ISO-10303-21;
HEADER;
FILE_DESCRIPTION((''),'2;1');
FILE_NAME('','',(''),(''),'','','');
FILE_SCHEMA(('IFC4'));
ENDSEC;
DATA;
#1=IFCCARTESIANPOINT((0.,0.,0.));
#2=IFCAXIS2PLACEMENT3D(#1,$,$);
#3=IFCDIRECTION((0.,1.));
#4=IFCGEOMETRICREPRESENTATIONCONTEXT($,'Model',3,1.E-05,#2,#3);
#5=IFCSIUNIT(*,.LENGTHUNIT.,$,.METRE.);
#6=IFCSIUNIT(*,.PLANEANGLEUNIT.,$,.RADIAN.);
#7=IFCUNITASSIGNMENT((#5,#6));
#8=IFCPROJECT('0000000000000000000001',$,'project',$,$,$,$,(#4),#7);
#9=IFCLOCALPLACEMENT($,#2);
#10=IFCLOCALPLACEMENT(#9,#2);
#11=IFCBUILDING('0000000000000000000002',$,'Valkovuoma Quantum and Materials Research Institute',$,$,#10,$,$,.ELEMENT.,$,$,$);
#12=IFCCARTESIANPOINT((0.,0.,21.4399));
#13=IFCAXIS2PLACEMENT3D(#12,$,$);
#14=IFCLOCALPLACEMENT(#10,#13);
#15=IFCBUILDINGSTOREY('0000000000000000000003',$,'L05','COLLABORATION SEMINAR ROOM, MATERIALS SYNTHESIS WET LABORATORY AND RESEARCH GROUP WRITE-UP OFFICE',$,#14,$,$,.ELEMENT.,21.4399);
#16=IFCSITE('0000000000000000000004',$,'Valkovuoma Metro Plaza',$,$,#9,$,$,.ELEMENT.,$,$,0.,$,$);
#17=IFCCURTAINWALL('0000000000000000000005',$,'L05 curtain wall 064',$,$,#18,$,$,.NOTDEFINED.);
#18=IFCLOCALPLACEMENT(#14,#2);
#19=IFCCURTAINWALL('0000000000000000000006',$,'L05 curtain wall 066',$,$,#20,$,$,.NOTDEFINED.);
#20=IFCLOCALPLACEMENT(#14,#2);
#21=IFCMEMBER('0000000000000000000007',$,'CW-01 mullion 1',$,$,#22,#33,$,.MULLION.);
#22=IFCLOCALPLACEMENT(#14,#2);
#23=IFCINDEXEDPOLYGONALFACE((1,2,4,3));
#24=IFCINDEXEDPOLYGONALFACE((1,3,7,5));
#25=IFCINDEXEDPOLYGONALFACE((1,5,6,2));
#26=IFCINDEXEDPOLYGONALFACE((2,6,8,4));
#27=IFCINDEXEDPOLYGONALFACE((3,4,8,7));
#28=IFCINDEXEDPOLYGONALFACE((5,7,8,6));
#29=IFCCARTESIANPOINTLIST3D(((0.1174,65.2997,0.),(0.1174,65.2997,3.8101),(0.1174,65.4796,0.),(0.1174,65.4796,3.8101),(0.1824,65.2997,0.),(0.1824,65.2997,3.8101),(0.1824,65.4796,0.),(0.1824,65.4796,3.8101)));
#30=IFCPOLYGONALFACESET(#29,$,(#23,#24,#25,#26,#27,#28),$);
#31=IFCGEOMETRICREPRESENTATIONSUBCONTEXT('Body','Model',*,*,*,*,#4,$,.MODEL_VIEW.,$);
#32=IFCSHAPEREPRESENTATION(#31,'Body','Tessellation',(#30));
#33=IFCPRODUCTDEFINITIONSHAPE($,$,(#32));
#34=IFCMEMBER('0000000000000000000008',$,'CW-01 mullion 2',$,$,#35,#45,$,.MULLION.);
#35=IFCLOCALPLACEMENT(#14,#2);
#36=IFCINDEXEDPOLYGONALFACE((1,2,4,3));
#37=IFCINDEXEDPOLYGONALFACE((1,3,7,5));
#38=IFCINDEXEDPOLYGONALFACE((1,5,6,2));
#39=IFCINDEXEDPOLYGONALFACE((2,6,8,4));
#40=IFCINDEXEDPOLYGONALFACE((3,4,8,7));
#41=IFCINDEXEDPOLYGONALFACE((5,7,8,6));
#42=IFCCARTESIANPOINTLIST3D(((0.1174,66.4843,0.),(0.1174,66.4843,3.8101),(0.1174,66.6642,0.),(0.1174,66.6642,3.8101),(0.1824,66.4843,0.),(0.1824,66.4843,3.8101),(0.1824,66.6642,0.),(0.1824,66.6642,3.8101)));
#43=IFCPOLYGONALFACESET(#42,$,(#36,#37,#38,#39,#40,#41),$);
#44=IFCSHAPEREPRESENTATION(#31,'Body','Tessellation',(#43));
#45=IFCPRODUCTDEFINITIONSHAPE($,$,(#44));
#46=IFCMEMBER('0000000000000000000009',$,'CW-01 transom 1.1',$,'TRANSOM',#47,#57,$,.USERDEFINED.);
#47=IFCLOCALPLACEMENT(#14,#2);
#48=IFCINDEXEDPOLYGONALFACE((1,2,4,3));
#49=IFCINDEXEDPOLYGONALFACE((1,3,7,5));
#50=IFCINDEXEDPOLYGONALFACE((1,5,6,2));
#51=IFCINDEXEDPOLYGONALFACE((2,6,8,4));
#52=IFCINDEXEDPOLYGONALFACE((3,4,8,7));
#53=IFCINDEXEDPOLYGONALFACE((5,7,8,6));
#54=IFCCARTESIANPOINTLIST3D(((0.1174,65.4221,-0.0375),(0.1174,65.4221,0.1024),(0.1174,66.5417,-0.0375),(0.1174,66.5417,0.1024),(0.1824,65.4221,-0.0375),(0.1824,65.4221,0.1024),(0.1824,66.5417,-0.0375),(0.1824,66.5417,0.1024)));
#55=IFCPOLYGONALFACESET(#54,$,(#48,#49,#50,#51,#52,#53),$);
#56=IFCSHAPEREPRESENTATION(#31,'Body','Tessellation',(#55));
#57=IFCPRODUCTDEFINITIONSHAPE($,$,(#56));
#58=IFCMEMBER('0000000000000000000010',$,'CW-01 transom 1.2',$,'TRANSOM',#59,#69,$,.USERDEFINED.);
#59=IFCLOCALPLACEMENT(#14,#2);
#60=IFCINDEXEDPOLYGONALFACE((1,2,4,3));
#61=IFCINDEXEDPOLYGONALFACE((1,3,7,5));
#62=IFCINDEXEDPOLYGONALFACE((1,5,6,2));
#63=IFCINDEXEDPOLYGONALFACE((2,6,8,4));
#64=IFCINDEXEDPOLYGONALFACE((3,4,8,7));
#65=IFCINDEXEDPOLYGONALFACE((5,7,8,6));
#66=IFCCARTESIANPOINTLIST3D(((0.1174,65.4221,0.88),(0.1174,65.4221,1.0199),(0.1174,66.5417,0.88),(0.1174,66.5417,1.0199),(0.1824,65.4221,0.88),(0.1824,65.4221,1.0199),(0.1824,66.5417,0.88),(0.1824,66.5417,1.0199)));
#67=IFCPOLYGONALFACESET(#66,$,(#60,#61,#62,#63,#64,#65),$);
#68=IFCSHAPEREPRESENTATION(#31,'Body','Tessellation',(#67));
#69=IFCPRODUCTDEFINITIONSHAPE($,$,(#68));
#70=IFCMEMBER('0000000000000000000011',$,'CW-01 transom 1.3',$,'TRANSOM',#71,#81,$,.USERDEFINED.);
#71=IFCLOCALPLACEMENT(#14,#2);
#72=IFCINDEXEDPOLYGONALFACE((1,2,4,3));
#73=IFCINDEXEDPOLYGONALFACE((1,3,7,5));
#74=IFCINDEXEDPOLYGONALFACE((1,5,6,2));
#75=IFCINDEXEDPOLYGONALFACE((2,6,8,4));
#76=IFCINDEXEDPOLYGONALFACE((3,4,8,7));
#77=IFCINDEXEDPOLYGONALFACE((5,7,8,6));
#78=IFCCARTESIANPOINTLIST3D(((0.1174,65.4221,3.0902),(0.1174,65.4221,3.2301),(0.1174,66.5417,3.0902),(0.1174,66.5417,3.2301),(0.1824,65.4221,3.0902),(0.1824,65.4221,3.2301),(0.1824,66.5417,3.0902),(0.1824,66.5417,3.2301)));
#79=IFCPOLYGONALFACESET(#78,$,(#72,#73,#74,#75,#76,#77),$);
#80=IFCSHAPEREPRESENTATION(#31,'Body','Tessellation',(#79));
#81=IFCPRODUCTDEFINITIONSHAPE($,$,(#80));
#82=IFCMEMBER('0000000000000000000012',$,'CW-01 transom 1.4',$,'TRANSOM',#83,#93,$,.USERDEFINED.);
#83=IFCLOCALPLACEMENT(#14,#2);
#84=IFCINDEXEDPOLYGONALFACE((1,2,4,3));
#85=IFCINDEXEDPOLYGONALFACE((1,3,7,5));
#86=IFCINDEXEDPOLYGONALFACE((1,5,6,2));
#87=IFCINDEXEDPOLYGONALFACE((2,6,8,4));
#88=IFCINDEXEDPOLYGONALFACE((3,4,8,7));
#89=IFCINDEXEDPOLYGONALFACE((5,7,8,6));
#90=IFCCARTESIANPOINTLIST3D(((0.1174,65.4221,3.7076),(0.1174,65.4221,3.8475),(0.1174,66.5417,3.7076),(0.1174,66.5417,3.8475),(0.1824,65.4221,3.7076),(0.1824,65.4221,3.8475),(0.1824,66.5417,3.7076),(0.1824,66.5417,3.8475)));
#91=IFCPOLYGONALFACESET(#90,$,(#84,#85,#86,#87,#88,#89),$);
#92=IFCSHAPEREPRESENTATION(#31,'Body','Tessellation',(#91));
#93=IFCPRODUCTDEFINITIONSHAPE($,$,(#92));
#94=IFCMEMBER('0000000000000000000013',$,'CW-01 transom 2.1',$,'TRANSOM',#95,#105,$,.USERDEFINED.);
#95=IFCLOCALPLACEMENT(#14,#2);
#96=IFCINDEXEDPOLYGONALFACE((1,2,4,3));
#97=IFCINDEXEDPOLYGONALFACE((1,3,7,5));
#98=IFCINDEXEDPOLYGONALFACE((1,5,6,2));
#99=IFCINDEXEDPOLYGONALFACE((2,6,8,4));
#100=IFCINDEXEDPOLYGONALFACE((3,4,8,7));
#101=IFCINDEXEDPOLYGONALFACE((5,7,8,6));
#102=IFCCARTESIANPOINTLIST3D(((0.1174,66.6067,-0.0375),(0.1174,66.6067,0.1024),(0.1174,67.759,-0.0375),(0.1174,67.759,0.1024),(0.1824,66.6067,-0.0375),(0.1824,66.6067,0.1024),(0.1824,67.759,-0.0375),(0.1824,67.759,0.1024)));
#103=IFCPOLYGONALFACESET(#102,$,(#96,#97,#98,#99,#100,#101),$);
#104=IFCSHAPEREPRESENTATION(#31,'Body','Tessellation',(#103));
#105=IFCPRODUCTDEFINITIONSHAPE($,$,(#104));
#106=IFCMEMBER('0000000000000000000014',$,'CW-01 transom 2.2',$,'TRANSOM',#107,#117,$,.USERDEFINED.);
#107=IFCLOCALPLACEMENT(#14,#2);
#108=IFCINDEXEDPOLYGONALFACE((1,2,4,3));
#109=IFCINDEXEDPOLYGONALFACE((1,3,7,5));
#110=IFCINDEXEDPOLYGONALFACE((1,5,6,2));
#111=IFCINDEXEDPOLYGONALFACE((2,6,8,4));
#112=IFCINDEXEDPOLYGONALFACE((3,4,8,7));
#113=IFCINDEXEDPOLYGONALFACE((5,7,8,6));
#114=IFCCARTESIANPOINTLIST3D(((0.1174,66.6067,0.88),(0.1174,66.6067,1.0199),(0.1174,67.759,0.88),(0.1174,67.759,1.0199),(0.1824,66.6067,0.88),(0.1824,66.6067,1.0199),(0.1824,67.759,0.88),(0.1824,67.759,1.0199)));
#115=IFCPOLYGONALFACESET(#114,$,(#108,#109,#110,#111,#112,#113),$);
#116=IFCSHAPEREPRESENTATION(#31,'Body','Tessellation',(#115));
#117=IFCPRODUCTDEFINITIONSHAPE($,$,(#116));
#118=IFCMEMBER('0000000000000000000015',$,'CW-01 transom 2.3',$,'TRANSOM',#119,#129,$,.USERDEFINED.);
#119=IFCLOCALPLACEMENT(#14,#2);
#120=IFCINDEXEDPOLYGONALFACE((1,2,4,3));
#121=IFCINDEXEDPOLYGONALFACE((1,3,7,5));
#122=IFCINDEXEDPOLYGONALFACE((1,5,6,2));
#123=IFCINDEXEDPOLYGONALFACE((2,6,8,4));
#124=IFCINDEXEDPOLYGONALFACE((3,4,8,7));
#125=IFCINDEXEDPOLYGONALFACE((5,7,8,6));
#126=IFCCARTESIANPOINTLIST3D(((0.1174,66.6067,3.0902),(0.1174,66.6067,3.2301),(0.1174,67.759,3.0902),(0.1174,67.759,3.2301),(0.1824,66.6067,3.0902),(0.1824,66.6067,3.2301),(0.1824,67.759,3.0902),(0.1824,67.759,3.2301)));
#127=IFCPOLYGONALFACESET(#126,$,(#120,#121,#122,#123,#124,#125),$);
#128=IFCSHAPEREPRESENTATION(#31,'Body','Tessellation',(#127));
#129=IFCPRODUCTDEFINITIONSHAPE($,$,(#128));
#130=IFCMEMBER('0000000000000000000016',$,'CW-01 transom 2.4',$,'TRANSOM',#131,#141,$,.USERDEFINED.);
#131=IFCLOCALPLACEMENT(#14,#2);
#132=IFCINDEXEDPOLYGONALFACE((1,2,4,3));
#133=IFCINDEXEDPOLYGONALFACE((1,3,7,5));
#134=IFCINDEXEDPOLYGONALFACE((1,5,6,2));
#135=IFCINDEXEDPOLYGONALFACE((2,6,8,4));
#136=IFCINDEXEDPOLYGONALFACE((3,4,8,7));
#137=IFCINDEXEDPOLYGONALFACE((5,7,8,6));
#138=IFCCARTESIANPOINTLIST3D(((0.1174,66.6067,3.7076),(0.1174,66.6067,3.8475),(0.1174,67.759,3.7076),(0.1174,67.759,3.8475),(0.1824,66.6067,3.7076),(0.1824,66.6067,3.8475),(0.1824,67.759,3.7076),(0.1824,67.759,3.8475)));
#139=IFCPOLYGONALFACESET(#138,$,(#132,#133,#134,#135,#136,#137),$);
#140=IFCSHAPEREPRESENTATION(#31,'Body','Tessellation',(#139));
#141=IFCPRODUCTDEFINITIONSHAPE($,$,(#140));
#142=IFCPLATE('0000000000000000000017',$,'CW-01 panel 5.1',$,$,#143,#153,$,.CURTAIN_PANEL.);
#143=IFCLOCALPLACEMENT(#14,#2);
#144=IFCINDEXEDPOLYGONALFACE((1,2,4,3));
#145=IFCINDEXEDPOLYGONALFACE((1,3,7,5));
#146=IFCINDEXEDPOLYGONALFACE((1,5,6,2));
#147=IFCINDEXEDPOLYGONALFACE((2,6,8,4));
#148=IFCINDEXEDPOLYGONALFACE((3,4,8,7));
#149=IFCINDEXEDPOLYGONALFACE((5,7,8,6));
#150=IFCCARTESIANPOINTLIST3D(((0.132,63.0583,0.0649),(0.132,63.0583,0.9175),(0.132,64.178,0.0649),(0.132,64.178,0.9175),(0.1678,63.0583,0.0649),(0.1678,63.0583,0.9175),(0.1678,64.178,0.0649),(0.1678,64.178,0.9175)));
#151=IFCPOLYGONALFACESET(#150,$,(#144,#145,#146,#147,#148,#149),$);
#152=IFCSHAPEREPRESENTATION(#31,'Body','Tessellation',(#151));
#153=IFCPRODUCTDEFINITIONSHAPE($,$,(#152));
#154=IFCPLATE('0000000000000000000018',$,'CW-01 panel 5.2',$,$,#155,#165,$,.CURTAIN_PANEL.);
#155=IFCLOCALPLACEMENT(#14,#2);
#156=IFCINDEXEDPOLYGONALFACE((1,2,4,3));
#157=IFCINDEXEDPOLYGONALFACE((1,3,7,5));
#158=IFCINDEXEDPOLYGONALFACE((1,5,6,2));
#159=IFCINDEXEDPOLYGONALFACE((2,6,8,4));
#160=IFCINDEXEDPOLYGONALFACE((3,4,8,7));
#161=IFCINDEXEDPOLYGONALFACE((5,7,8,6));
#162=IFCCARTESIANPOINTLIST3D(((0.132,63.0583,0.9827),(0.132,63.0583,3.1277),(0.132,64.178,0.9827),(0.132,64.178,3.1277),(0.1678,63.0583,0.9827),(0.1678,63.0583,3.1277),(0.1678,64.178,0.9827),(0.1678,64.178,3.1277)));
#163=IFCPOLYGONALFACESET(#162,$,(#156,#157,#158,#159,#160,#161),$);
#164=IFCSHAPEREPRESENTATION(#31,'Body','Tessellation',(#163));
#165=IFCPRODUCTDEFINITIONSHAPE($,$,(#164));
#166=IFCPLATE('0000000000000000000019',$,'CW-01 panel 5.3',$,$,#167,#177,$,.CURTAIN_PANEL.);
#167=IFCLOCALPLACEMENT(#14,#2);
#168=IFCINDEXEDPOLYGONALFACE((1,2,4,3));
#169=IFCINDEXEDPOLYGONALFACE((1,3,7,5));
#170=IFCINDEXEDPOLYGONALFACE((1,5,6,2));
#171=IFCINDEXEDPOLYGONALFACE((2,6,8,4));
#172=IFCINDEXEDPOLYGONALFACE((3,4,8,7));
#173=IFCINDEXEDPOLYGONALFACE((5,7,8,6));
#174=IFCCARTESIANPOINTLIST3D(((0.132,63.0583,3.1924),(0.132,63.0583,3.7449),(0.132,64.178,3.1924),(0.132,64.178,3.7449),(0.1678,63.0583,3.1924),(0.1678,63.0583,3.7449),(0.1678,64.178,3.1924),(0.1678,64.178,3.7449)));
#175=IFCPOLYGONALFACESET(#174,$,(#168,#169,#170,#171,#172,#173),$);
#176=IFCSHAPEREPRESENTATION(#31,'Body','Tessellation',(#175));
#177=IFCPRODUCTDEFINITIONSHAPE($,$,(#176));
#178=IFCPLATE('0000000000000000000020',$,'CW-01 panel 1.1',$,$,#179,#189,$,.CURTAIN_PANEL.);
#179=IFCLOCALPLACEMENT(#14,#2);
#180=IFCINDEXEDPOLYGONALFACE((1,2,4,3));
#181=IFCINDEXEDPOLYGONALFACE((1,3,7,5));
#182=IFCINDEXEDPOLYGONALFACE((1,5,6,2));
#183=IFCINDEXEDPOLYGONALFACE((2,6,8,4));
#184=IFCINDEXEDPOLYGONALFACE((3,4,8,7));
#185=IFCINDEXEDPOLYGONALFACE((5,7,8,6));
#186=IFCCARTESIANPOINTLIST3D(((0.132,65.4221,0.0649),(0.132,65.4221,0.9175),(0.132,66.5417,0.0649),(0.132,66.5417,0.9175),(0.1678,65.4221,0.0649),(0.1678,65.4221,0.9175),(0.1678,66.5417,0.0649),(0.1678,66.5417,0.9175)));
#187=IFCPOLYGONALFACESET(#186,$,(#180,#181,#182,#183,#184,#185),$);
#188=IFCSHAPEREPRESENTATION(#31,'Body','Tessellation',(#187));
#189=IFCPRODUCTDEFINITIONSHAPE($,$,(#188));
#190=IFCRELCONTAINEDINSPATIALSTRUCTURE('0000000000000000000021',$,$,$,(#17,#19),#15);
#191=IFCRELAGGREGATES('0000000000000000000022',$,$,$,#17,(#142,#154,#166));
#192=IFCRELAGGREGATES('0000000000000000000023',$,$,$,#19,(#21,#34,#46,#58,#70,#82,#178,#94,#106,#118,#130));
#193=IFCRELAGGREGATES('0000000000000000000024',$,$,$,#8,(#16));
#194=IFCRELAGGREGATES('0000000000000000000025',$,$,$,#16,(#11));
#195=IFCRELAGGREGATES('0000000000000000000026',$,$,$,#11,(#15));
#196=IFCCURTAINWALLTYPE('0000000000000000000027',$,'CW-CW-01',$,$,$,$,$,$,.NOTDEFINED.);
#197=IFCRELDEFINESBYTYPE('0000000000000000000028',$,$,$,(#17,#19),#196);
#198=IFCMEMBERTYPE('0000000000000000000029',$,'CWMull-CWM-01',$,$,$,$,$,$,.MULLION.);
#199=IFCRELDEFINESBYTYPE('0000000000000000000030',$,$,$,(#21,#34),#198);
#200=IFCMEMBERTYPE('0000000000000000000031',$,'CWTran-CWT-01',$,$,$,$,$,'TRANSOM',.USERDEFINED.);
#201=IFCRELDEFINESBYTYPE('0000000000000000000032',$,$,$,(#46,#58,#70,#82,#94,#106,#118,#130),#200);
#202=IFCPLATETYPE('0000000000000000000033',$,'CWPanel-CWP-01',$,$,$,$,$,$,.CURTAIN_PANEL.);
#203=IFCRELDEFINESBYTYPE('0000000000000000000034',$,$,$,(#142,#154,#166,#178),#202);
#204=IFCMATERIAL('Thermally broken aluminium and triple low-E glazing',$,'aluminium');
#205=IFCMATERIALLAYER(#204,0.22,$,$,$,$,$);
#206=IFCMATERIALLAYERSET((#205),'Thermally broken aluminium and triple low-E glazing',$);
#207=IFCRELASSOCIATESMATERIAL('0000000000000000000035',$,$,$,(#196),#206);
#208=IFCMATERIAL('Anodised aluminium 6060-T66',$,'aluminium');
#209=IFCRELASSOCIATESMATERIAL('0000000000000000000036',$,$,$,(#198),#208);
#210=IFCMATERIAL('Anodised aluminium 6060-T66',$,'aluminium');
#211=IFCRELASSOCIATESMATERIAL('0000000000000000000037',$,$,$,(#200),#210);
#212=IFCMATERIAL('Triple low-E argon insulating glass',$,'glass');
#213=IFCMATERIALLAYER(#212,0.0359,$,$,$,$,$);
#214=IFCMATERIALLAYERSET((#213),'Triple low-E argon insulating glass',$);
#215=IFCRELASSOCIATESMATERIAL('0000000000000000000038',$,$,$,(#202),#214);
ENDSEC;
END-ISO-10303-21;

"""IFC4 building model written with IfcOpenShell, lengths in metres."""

from ifc_helpers import new_model, si_unit, direction, frame, origin, origin_2d, place, context, subcontext, project, spatial, rectangle, extrude, material, layer, layer_set, material_profile, profile_set, type_object, element, aggregate, save


model = new_model("IFC4")

# Units and contexts
model_context = context("Model", 3, precision=1e-05, world=origin(), true_north=direction((0.0, 1.0)))
body_context = subcontext(model_context, "Body", "Model", "MODEL_VIEW")
ifc_project = project(units=[si_unit("LENGTHUNIT", "METRE"), si_unit("PLANEANGLEUNIT", "RADIAN")], contexts=[model_context])

# Site, building, storey
site_placement = place(None, origin())
site = spatial("IfcSite", under=ifc_project, at=site_placement, Name="Valkovuoma Metro Plaza", CompositionType="ELEMENT", RefElevation=0.0)
building_placement = place(site_placement, origin())
building = spatial("IfcBuilding", under=site, at=building_placement, Name="Valkovuoma Quantum and Materials Research Institute", CompositionType="ELEMENT")
storey_placement = place(building_placement, frame((0.0, 0.0, 21.4399)))
storey = spatial("IfcBuildingStorey", under=building, at=storey_placement, Name="L05", Description="COLLABORATION SEMINAR ROOM, MATERIALS SYNTHESIS WET LABORATORY AND RESEARCH GROUP WRITE-UP OFFICE", CompositionType="ELEMENT", Elevation=21.4399)

# Curtain wall
ifc_material_1 = material(Name="Thermally broken aluminium and triple low-E glazing", Category="aluminium")
ifc_layer_1 = layer(ifc_material_1, 0.22)
ifc_layer_set_1 = layer_set([ifc_layer_1], Name="Thermally broken aluminium and triple low-E glazing")
curtain_wall_type = type_object("IfcCurtainWallType", Name="CW-CW-01", PredefinedType="NOTDEFINED", material=ifc_layer_set_1)
curtain_wall_1_placement = place(storey_placement, origin())
curtain_wall_1 = element("IfcCurtainWall", 1, at=curtain_wall_1_placement, inside=storey, type_object=curtain_wall_type, Name="L05 curtain wall 064", PredefinedType="NOTDEFINED")
ifc_material_2 = material(Name="Anodised aluminium 6060-T66", Category="aluminium")
ifc_material_profile_1 = material_profile(ifc_material_2, rectangle(XDim=0.0649, YDim=0.1799, at=origin_2d()), Name="Anodised aluminium 6060-T66")
ifc_profile_set_1 = profile_set([ifc_material_profile_1], Name="Anodised aluminium 6060-T66")
member_type_1 = type_object("IfcMemberType", Name="CWMull-CWM-01", PredefinedType="MULLION", material=ifc_profile_set_1)

# Curtain wall, members
curtain_wall_2_placement = place(storey_placement, origin())
curtain_wall_2 = element("IfcCurtainWall", 2, at=curtain_wall_2_placement, inside=storey, type_object=curtain_wall_type, Name="L05 curtain wall 066", PredefinedType="NOTDEFINED")
member_1_placement = place(storey_placement, frame((0.1499, 65.3896, 0.0), z_axis=(0.0, 0.0, 1.0), x_axis=(-1.0, 0.0, 0.0)))
member_1 = element("IfcMember", 3, at=member_1_placement, type_object=member_type_1, Name="CW-01 mullion 1", PredefinedType="MULLION", context=body_context, shape_type="SweptSolid", body=[
    extrude(rectangle(XDim=0.0649, YDim=0.1799, at=origin_2d()), origin(), (0.0, 0.0, 1.0), 3.8101),
])
member_2_placement = place(storey_placement, frame((0.1499, 66.5742, 0.0), z_axis=(0.0, 0.0, 1.0), x_axis=(-1.0, 0.0, 0.0)))
member_2 = element("IfcMember", 4, at=member_2_placement, type_object=member_type_1, Name="CW-01 mullion 2", PredefinedType="MULLION", context=body_context, shape_type="SweptSolid", body=[
    extrude(rectangle(XDim=0.0649, YDim=0.1799, at=origin_2d()), origin(), (0.0, 0.0, 1.0), 3.8101),
])
ifc_material_3 = material(Name="Anodised aluminium 6060-T66", Category="aluminium")
ifc_material_profile_2 = material_profile(ifc_material_3, rectangle(XDim=0.0649, YDim=0.1399, at=origin_2d()), Name="Anodised aluminium 6060-T66")
ifc_profile_set_2 = profile_set([ifc_material_profile_2], Name="Anodised aluminium 6060-T66")
member_type_2 = type_object("IfcMemberType", Name="CWTran-CWT-01", ElementType="TRANSOM", PredefinedType="USERDEFINED", material=ifc_profile_set_2)
member_3_placement = place(storey_placement, frame((0.1499, 65.4221, 0.0325), z_axis=(0.0, 1.0, 0.0), x_axis=(-1.0, 0.0, 0.0)))
member_3 = element("IfcMember", 5, at=member_3_placement, type_object=member_type_2, Name="CW-01 transom 1.1", ObjectType="TRANSOM", PredefinedType="USERDEFINED", context=body_context, shape_type="SweptSolid", body=[
    extrude(rectangle(XDim=0.0649, YDim=0.1399, at=origin_2d()), origin(), (0.0, 0.0, 1.0), 1.1196),
])
member_4_placement = place(storey_placement, frame((0.1499, 65.4221, 0.95), z_axis=(0.0, 1.0, 0.0), x_axis=(-1.0, 0.0, 0.0)))
member_4 = element("IfcMember", 6, at=member_4_placement, type_object=member_type_2, Name="CW-01 transom 1.2", ObjectType="TRANSOM", PredefinedType="USERDEFINED", context=body_context, shape_type="SweptSolid", body=[
    extrude(rectangle(XDim=0.0649, YDim=0.1399, at=origin_2d()), origin(), (0.0, 0.0, 1.0), 1.1196),
])
member_5_placement = place(storey_placement, frame((0.1499, 65.4221, 3.1602), z_axis=(0.0, 1.0, 0.0), x_axis=(-1.0, 0.0, 0.0)))
member_5 = element("IfcMember", 7, at=member_5_placement, type_object=member_type_2, Name="CW-01 transom 1.3", ObjectType="TRANSOM", PredefinedType="USERDEFINED", context=body_context, shape_type="SweptSolid", body=[
    extrude(rectangle(XDim=0.0649, YDim=0.1399, at=origin_2d()), origin(), (0.0, 0.0, 1.0), 1.1196),
])
member_6_placement = place(storey_placement, frame((0.1499, 65.4221, 3.7776), z_axis=(0.0, 1.0, 0.0), x_axis=(-1.0, 0.0, 0.0)))
member_6 = element("IfcMember", 8, at=member_6_placement, type_object=member_type_2, Name="CW-01 transom 1.4", ObjectType="TRANSOM", PredefinedType="USERDEFINED", context=body_context, shape_type="SweptSolid", body=[
    extrude(rectangle(XDim=0.0649, YDim=0.1399, at=origin_2d()), origin(), (0.0, 0.0, 1.0), 1.1196),
])
member_7_placement = place(storey_placement, frame((0.1499, 66.6067, 0.0325), z_axis=(0.0, 1.0, 0.0), x_axis=(-1.0, 0.0, 0.0)))
member_7 = element("IfcMember", 9, at=member_7_placement, type_object=member_type_2, Name="CW-01 transom 2.1", ObjectType="TRANSOM", PredefinedType="USERDEFINED", context=body_context, shape_type="SweptSolid", body=[
    extrude(rectangle(XDim=0.0649, YDim=0.1399, at=origin_2d()), origin(), (0.0, 0.0, 1.0), 1.1523),
])
member_8_placement = place(storey_placement, frame((0.1499, 66.6067, 0.95), z_axis=(0.0, 1.0, 0.0), x_axis=(-1.0, 0.0, 0.0)))
member_8 = element("IfcMember", 10, at=member_8_placement, type_object=member_type_2, Name="CW-01 transom 2.2", ObjectType="TRANSOM", PredefinedType="USERDEFINED", context=body_context, shape_type="SweptSolid", body=[
    extrude(rectangle(XDim=0.0649, YDim=0.1399, at=origin_2d()), origin(), (0.0, 0.0, 1.0), 1.1523),
])
member_9_placement = place(storey_placement, frame((0.1499, 66.6067, 3.1602), z_axis=(0.0, 1.0, 0.0), x_axis=(-1.0, 0.0, 0.0)))
member_9 = element("IfcMember", 11, at=member_9_placement, type_object=member_type_2, Name="CW-01 transom 2.3", ObjectType="TRANSOM", PredefinedType="USERDEFINED", context=body_context, shape_type="SweptSolid", body=[
    extrude(rectangle(XDim=0.0649, YDim=0.1399, at=origin_2d()), origin(), (0.0, 0.0, 1.0), 1.1523),
])
member_10_placement = place(storey_placement, frame((0.1499, 66.6067, 3.7776), z_axis=(0.0, 1.0, 0.0), x_axis=(-1.0, 0.0, 0.0)))
member_10 = element("IfcMember", 12, at=member_10_placement, type_object=member_type_2, Name="CW-01 transom 2.4", ObjectType="TRANSOM", PredefinedType="USERDEFINED", context=body_context, shape_type="SweptSolid", body=[
    extrude(rectangle(XDim=0.0649, YDim=0.1399, at=origin_2d()), origin(), (0.0, 0.0, 1.0), 1.1523),
])

# Plates
ifc_material_4 = material(Name="Triple low-E argon insulating glass", Category="glass")
ifc_layer_2 = layer(ifc_material_4, 0.0359)
ifc_layer_set_2 = layer_set([ifc_layer_2], Name="Triple low-E argon insulating glass")
plate_type = type_object("IfcPlateType", Name="CWPanel-CWP-01", PredefinedType="CURTAIN_PANEL", material=ifc_layer_set_2)
plate_1_placement = place(storey_placement, frame((0.1499, 63.6182, 0.0649), z_axis=(0.0, 0.0, 1.0), x_axis=(0.0, 1.0, 0.0)))
plate_1 = element("IfcPlate", 13, at=plate_1_placement, type_object=plate_type, Name="CW-01 panel 5.1", PredefinedType="CURTAIN_PANEL", context=body_context, shape_type="SweptSolid", body=[
    extrude(rectangle(XDim=1.1196, YDim=0.0359, at=origin_2d()), origin(), (0.0, 0.0, 1.0), 0.8525),
])
plate_2_placement = place(storey_placement, frame((0.1499, 63.6182, 0.9827), z_axis=(0.0, 0.0, 1.0), x_axis=(0.0, 1.0, 0.0)))
plate_2 = element("IfcPlate", 14, at=plate_2_placement, type_object=plate_type, Name="CW-01 panel 5.2", PredefinedType="CURTAIN_PANEL", context=body_context, shape_type="SweptSolid", body=[
    extrude(rectangle(XDim=1.1196, YDim=0.0359, at=origin_2d()), origin(), (0.0, 0.0, 1.0), 2.145),
])
plate_3_placement = place(storey_placement, frame((0.1499, 63.6182, 3.1924), z_axis=(0.0, 0.0, 1.0), x_axis=(0.0, 1.0, 0.0)))
plate_3 = element("IfcPlate", 15, at=plate_3_placement, type_object=plate_type, Name="CW-01 panel 5.3", PredefinedType="CURTAIN_PANEL", context=body_context, shape_type="SweptSolid", body=[
    extrude(rectangle(XDim=1.1196, YDim=0.0359, at=origin_2d()), origin(), (0.0, 0.0, 1.0), 0.5525),
])
aggregate(curtain_wall_1, [plate_1, plate_2, plate_3])
plate_4_placement = place(storey_placement, frame((0.1499, 65.9819, 0.0649), z_axis=(0.0, 0.0, 1.0), x_axis=(0.0, 1.0, 0.0)))
plate_4 = element("IfcPlate", 16, at=plate_4_placement, type_object=plate_type, Name="CW-01 panel 1.1", PredefinedType="CURTAIN_PANEL", context=body_context, shape_type="SweptSolid", body=[
    extrude(rectangle(XDim=1.1196, YDim=0.0359, at=origin_2d()), origin(), (0.0, 0.0, 1.0), 0.8525),
])
aggregate(curtain_wall_2, [member_1, member_2, member_3, member_4, member_5, member_6, plate_4, member_7, member_8, member_9, member_10])

save(model, "model.ifc")
